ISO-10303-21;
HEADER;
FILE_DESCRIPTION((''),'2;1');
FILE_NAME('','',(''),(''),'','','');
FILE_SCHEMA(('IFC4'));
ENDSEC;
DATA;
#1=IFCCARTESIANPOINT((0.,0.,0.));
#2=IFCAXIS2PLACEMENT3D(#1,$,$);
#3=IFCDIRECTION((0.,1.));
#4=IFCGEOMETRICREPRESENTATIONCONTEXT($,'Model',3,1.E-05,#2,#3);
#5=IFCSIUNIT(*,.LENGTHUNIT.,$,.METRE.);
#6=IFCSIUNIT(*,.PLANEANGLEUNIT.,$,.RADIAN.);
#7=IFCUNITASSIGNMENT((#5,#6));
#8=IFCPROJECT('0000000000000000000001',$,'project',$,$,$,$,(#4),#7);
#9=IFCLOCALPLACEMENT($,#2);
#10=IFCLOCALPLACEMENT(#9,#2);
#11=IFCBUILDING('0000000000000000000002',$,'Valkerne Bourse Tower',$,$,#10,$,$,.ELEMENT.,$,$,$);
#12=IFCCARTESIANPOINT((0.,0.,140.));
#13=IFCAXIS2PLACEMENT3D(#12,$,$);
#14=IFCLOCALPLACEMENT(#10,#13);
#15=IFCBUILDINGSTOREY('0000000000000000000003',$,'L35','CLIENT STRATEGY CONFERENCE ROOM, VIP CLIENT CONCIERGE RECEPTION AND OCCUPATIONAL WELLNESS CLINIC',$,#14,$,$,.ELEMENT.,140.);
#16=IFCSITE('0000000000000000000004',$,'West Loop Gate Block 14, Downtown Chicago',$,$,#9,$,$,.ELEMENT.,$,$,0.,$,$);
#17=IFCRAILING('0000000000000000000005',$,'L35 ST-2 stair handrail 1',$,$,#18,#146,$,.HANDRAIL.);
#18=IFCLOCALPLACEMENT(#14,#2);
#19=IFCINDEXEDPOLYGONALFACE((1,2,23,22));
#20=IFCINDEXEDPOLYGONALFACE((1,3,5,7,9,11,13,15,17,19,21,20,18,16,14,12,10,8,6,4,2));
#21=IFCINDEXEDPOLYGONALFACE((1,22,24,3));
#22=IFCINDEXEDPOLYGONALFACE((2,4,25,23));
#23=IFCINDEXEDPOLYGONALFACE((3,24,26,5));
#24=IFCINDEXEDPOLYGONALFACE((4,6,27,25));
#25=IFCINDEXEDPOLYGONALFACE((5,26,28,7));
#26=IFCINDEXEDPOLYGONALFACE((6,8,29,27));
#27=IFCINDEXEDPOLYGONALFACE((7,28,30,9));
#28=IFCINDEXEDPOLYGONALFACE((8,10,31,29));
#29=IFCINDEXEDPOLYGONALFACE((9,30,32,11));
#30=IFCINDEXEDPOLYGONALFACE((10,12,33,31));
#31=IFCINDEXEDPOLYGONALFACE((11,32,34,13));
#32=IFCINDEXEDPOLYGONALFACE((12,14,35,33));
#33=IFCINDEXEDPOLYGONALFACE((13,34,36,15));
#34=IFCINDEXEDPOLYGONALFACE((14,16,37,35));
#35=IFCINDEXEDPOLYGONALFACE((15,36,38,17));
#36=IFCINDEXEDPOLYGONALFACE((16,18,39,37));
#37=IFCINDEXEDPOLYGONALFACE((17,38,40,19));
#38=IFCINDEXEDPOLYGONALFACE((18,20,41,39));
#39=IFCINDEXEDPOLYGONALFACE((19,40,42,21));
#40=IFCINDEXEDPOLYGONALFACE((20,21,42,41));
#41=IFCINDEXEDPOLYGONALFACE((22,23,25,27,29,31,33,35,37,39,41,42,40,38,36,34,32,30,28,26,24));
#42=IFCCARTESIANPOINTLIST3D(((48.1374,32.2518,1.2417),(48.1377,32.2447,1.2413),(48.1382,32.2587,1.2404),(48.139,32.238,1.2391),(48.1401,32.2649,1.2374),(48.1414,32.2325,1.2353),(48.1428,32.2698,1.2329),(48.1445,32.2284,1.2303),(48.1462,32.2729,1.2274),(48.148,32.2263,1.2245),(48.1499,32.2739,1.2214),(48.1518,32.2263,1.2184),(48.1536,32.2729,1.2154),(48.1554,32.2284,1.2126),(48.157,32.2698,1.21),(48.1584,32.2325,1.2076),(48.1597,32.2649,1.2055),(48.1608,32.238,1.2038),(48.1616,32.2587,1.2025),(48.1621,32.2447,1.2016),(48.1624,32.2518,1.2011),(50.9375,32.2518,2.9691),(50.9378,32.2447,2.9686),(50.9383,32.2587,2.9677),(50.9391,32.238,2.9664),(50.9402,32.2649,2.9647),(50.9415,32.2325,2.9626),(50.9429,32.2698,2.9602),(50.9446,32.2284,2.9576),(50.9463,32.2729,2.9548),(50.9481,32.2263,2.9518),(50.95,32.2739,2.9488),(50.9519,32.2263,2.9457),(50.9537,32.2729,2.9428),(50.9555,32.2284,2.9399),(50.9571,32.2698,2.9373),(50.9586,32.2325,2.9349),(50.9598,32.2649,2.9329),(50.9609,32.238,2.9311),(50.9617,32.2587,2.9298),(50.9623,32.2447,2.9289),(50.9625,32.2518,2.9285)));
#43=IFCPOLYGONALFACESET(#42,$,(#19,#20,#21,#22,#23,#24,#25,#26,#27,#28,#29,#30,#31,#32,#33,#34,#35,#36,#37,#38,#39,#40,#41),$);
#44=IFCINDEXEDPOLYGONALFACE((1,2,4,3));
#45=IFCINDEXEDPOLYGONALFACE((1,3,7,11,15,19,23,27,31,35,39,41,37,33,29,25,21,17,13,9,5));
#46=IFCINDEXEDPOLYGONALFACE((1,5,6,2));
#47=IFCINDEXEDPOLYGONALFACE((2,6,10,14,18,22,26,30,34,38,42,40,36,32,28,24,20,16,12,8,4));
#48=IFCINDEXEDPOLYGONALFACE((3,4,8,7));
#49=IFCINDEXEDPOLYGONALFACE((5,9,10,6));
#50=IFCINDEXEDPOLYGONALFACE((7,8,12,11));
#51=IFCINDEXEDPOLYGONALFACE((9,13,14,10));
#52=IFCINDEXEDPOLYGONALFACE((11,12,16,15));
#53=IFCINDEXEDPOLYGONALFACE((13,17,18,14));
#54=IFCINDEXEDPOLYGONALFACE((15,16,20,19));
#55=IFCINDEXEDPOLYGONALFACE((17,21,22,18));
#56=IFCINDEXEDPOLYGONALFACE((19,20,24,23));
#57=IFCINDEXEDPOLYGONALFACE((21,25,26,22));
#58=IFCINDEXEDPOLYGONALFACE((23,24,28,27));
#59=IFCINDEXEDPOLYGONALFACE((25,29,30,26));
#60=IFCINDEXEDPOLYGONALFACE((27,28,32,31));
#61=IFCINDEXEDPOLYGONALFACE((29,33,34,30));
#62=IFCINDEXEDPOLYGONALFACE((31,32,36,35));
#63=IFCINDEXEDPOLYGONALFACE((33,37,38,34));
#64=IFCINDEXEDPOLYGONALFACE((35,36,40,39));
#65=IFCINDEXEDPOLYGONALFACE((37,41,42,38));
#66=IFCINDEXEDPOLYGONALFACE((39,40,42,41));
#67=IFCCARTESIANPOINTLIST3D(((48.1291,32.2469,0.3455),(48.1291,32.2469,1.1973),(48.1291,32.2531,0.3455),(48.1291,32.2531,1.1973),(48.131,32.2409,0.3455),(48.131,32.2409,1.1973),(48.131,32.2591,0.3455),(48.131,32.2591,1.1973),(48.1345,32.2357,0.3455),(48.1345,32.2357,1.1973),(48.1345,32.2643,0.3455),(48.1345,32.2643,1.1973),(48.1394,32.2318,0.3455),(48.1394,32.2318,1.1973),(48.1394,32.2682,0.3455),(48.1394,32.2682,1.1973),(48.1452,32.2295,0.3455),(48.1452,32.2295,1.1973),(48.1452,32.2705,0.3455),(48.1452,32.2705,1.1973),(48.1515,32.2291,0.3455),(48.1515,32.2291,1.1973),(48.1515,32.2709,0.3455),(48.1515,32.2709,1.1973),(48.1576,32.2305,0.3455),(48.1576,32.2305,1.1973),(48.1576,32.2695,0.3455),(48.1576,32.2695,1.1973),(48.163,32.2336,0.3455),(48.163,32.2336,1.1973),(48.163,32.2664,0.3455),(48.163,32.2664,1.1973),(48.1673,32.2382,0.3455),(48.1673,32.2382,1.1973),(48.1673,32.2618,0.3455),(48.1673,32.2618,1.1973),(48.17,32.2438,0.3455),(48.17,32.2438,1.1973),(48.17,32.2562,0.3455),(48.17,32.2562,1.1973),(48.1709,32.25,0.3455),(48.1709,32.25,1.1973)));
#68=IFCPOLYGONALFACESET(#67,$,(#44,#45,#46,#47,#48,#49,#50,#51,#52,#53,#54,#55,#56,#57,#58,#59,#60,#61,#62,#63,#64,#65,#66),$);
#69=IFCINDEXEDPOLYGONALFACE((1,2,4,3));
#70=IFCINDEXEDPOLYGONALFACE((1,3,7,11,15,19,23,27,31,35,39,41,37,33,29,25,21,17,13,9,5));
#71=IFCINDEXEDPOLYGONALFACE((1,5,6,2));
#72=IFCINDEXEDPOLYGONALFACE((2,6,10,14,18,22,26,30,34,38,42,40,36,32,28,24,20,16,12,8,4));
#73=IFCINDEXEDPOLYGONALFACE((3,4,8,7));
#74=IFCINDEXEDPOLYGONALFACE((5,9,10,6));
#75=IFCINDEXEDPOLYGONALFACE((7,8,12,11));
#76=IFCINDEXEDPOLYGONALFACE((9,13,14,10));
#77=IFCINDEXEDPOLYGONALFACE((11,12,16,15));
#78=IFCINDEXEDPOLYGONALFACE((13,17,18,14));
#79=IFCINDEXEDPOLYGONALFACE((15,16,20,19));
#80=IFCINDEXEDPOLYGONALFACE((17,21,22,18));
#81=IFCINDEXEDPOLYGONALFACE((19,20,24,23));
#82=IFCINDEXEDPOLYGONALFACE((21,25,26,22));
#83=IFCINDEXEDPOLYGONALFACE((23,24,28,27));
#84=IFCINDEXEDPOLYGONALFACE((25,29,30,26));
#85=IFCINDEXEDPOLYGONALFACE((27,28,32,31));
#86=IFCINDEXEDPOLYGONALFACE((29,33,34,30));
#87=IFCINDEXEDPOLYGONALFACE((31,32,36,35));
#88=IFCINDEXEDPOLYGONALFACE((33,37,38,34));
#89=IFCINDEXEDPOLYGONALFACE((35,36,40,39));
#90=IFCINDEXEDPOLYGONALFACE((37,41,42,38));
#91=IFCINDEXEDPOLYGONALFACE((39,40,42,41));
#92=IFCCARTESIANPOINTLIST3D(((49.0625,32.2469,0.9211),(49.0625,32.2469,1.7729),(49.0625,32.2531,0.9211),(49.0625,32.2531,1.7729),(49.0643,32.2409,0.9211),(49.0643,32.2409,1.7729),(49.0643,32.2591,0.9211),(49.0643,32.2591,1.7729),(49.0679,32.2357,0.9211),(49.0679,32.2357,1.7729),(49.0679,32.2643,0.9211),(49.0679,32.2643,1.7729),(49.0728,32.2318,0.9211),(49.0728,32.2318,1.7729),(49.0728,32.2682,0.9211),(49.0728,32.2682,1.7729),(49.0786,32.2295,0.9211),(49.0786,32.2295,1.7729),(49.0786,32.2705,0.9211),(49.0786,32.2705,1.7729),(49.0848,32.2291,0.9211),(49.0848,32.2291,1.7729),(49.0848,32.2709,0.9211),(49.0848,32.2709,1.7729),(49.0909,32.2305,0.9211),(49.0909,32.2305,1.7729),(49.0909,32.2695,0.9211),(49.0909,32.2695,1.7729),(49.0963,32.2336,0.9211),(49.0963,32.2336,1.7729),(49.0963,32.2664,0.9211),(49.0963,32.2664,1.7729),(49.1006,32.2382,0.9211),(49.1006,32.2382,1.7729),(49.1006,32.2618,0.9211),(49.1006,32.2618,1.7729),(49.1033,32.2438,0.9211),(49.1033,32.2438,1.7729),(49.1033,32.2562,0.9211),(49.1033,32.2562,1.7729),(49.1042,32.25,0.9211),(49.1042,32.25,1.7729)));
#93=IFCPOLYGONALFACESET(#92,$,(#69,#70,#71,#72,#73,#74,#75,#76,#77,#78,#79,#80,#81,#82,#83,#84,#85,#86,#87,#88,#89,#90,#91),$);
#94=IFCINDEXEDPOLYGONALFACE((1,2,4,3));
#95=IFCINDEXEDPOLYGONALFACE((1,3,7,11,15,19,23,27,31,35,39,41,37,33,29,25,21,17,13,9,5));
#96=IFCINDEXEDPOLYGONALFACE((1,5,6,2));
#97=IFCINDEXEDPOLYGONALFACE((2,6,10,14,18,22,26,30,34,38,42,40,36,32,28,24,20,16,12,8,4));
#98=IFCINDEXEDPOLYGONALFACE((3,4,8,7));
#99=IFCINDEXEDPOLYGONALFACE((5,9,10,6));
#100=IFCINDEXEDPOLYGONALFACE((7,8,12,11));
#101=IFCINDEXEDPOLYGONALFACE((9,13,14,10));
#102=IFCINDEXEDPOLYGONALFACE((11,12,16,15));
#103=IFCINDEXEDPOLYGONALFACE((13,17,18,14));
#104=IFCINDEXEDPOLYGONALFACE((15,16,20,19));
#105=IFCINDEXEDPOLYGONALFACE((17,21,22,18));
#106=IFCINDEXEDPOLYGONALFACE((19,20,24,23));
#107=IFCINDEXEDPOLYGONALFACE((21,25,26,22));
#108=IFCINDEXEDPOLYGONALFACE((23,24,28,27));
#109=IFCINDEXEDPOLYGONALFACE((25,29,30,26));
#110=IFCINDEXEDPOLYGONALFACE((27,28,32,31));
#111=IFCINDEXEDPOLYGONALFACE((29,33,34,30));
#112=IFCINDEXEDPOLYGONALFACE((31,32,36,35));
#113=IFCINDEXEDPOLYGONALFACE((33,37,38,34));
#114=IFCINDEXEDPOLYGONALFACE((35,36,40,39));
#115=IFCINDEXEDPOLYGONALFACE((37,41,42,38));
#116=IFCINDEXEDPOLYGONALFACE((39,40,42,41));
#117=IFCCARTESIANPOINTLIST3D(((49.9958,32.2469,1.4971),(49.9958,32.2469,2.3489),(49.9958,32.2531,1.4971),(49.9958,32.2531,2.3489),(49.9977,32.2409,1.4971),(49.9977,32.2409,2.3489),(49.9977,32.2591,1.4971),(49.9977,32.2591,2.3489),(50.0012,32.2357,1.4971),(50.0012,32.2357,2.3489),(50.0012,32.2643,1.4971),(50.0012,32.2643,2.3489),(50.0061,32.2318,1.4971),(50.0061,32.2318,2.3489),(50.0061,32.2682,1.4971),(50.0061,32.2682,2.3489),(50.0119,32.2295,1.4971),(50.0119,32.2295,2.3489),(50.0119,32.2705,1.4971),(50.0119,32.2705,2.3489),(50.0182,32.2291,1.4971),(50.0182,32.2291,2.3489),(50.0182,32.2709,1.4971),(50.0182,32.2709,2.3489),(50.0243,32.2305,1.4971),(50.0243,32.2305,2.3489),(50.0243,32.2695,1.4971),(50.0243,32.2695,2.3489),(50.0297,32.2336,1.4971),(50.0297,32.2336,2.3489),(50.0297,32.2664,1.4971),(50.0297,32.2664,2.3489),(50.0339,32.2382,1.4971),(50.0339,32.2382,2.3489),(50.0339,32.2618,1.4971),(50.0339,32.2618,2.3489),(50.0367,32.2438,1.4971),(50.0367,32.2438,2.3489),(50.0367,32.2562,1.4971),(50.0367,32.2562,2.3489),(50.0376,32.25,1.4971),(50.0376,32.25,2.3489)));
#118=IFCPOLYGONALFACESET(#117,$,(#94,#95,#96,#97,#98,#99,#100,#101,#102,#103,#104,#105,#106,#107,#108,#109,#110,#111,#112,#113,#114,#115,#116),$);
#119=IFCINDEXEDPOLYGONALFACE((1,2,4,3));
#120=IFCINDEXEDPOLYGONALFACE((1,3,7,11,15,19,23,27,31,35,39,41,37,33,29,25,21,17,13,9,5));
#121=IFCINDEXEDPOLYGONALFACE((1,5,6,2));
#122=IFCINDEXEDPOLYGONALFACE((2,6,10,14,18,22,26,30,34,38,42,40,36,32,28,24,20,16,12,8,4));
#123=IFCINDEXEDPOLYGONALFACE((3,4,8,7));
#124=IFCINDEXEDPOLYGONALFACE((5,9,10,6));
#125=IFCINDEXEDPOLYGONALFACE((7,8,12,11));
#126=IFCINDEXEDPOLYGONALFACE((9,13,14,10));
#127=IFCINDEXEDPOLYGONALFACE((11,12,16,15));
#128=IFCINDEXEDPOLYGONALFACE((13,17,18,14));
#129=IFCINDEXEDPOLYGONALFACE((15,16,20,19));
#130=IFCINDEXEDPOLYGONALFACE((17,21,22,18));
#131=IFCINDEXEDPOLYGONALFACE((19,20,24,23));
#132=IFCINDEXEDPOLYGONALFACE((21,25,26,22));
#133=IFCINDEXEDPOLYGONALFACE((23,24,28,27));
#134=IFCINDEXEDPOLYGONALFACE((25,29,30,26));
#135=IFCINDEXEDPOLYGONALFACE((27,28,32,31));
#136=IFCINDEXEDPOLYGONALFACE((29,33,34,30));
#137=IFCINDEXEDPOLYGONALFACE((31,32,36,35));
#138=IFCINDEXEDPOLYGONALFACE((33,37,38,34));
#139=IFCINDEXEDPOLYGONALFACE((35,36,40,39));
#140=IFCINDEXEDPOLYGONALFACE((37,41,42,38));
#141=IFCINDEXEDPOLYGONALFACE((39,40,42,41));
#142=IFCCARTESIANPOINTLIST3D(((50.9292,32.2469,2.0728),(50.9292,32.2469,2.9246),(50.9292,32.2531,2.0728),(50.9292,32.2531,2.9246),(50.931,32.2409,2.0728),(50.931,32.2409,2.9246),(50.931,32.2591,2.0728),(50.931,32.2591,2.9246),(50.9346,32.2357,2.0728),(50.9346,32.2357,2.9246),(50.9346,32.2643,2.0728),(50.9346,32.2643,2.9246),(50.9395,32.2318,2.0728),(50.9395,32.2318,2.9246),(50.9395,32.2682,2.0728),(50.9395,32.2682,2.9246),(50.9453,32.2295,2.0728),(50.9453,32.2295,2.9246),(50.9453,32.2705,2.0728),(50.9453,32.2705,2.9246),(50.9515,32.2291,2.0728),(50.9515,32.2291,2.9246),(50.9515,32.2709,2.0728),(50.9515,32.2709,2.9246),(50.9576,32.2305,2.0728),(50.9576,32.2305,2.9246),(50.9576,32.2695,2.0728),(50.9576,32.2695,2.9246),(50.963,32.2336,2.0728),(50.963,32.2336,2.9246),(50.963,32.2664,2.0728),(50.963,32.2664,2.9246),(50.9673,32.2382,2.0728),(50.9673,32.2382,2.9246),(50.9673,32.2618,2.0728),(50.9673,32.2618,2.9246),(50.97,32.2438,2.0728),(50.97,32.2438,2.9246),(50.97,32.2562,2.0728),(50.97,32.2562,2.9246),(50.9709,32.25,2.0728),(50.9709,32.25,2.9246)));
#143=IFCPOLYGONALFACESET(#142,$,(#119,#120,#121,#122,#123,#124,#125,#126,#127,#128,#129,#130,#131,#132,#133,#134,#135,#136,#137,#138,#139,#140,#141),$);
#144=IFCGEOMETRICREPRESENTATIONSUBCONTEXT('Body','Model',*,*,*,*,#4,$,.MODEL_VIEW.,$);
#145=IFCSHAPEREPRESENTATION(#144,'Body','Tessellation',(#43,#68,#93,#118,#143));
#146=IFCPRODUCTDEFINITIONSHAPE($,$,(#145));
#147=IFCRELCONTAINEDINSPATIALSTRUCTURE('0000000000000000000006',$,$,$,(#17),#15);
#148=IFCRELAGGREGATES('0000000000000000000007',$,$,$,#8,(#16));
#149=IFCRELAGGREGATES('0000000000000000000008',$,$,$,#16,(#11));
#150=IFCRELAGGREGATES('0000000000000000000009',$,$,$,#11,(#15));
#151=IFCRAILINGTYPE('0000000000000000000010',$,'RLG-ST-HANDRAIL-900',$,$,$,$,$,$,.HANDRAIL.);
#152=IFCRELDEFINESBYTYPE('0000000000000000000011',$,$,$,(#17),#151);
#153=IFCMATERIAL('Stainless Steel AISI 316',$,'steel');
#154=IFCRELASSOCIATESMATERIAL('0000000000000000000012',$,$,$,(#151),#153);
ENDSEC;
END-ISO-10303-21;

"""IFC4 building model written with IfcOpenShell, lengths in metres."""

from ifc_helpers import new_model, si_unit, direction, frame, origin, origin_2d, place, context, subcontext, project, spatial, circle, extrude, material, type_object, element, save


model = new_model("IFC4")

# Units and contexts
model_context = context("Model", 3, precision=1e-05, world=origin(), true_north=direction((0.0, 1.0)))
body_context = subcontext(model_context, "Body", "Model", "MODEL_VIEW")
ifc_project = project(units=[si_unit("LENGTHUNIT", "METRE"), si_unit("PLANEANGLEUNIT", "RADIAN")], contexts=[model_context])

# Site, building, storey
site_placement = place(None, origin())
site = spatial("IfcSite", under=ifc_project, at=site_placement, Name="West Loop Gate Block 14, Downtown Chicago", CompositionType="ELEMENT", RefElevation=0.0)
building_placement = place(site_placement, origin())
building = spatial("IfcBuilding", under=site, at=building_placement, Name="Valkerne Bourse Tower", CompositionType="ELEMENT")
storey_placement = place(building_placement, frame((0.0, 0.0, 140.0)))
storey = spatial("IfcBuildingStorey", under=building, at=storey_placement, Name="L35", Description="CLIENT STRATEGY CONFERENCE ROOM, VIP CLIENT CONCIERGE RECEPTION AND OCCUPATIONAL WELLNESS CLINIC", CompositionType="ELEMENT", Elevation=140.0)

# Shared definitions
ifc_material_1 = material(Name="Stainless Steel AISI 316", Category="steel")

# Railing
railing_type_1 = type_object("IfcRailingType", Name="RLG-ST-HANDRAIL-900", PredefinedType="HANDRAIL", material=ifc_material_1)
railing_1_placement = place(storey_placement, frame((48.1499, 32.25, 0.3455)))
element("IfcRailing", 1, at=railing_1_placement, inside=storey, type_object=railing_type_1, Name="L35 ST-2 stair handrail 1", PredefinedType="HANDRAIL", context=body_context, shape_type="SweptSolid", body=[
    extrude(circle(Radius=0.0239, at=origin_2d()), frame((0.0, 0.0, 0.876), z_axis=(0.85109, 0.0, 0.52502), x_axis=(0.0, 1.0, 0.0)), (0.0, 0.0, 1.0), 3.29),
    extrude(circle(Radius=0.021, at=origin_2d()), origin(), (0.0, 0.0, 1.0), 0.8518),
    extrude(circle(Radius=0.021, at=origin_2d()), frame((0.9333, 0.0, 0.5757)), (0.0, 0.0, 1.0), 0.8518),
    extrude(circle(Radius=0.021, at=origin_2d()), frame((1.8667, 0.0, 1.1516)), (0.0, 0.0, 1.0), 0.8518),
    extrude(circle(Radius=0.021, at=origin_2d()), frame((2.8, 0.0, 1.7273)), (0.0, 0.0, 1.0), 0.8518),
])

save(model, "model.ifc")
